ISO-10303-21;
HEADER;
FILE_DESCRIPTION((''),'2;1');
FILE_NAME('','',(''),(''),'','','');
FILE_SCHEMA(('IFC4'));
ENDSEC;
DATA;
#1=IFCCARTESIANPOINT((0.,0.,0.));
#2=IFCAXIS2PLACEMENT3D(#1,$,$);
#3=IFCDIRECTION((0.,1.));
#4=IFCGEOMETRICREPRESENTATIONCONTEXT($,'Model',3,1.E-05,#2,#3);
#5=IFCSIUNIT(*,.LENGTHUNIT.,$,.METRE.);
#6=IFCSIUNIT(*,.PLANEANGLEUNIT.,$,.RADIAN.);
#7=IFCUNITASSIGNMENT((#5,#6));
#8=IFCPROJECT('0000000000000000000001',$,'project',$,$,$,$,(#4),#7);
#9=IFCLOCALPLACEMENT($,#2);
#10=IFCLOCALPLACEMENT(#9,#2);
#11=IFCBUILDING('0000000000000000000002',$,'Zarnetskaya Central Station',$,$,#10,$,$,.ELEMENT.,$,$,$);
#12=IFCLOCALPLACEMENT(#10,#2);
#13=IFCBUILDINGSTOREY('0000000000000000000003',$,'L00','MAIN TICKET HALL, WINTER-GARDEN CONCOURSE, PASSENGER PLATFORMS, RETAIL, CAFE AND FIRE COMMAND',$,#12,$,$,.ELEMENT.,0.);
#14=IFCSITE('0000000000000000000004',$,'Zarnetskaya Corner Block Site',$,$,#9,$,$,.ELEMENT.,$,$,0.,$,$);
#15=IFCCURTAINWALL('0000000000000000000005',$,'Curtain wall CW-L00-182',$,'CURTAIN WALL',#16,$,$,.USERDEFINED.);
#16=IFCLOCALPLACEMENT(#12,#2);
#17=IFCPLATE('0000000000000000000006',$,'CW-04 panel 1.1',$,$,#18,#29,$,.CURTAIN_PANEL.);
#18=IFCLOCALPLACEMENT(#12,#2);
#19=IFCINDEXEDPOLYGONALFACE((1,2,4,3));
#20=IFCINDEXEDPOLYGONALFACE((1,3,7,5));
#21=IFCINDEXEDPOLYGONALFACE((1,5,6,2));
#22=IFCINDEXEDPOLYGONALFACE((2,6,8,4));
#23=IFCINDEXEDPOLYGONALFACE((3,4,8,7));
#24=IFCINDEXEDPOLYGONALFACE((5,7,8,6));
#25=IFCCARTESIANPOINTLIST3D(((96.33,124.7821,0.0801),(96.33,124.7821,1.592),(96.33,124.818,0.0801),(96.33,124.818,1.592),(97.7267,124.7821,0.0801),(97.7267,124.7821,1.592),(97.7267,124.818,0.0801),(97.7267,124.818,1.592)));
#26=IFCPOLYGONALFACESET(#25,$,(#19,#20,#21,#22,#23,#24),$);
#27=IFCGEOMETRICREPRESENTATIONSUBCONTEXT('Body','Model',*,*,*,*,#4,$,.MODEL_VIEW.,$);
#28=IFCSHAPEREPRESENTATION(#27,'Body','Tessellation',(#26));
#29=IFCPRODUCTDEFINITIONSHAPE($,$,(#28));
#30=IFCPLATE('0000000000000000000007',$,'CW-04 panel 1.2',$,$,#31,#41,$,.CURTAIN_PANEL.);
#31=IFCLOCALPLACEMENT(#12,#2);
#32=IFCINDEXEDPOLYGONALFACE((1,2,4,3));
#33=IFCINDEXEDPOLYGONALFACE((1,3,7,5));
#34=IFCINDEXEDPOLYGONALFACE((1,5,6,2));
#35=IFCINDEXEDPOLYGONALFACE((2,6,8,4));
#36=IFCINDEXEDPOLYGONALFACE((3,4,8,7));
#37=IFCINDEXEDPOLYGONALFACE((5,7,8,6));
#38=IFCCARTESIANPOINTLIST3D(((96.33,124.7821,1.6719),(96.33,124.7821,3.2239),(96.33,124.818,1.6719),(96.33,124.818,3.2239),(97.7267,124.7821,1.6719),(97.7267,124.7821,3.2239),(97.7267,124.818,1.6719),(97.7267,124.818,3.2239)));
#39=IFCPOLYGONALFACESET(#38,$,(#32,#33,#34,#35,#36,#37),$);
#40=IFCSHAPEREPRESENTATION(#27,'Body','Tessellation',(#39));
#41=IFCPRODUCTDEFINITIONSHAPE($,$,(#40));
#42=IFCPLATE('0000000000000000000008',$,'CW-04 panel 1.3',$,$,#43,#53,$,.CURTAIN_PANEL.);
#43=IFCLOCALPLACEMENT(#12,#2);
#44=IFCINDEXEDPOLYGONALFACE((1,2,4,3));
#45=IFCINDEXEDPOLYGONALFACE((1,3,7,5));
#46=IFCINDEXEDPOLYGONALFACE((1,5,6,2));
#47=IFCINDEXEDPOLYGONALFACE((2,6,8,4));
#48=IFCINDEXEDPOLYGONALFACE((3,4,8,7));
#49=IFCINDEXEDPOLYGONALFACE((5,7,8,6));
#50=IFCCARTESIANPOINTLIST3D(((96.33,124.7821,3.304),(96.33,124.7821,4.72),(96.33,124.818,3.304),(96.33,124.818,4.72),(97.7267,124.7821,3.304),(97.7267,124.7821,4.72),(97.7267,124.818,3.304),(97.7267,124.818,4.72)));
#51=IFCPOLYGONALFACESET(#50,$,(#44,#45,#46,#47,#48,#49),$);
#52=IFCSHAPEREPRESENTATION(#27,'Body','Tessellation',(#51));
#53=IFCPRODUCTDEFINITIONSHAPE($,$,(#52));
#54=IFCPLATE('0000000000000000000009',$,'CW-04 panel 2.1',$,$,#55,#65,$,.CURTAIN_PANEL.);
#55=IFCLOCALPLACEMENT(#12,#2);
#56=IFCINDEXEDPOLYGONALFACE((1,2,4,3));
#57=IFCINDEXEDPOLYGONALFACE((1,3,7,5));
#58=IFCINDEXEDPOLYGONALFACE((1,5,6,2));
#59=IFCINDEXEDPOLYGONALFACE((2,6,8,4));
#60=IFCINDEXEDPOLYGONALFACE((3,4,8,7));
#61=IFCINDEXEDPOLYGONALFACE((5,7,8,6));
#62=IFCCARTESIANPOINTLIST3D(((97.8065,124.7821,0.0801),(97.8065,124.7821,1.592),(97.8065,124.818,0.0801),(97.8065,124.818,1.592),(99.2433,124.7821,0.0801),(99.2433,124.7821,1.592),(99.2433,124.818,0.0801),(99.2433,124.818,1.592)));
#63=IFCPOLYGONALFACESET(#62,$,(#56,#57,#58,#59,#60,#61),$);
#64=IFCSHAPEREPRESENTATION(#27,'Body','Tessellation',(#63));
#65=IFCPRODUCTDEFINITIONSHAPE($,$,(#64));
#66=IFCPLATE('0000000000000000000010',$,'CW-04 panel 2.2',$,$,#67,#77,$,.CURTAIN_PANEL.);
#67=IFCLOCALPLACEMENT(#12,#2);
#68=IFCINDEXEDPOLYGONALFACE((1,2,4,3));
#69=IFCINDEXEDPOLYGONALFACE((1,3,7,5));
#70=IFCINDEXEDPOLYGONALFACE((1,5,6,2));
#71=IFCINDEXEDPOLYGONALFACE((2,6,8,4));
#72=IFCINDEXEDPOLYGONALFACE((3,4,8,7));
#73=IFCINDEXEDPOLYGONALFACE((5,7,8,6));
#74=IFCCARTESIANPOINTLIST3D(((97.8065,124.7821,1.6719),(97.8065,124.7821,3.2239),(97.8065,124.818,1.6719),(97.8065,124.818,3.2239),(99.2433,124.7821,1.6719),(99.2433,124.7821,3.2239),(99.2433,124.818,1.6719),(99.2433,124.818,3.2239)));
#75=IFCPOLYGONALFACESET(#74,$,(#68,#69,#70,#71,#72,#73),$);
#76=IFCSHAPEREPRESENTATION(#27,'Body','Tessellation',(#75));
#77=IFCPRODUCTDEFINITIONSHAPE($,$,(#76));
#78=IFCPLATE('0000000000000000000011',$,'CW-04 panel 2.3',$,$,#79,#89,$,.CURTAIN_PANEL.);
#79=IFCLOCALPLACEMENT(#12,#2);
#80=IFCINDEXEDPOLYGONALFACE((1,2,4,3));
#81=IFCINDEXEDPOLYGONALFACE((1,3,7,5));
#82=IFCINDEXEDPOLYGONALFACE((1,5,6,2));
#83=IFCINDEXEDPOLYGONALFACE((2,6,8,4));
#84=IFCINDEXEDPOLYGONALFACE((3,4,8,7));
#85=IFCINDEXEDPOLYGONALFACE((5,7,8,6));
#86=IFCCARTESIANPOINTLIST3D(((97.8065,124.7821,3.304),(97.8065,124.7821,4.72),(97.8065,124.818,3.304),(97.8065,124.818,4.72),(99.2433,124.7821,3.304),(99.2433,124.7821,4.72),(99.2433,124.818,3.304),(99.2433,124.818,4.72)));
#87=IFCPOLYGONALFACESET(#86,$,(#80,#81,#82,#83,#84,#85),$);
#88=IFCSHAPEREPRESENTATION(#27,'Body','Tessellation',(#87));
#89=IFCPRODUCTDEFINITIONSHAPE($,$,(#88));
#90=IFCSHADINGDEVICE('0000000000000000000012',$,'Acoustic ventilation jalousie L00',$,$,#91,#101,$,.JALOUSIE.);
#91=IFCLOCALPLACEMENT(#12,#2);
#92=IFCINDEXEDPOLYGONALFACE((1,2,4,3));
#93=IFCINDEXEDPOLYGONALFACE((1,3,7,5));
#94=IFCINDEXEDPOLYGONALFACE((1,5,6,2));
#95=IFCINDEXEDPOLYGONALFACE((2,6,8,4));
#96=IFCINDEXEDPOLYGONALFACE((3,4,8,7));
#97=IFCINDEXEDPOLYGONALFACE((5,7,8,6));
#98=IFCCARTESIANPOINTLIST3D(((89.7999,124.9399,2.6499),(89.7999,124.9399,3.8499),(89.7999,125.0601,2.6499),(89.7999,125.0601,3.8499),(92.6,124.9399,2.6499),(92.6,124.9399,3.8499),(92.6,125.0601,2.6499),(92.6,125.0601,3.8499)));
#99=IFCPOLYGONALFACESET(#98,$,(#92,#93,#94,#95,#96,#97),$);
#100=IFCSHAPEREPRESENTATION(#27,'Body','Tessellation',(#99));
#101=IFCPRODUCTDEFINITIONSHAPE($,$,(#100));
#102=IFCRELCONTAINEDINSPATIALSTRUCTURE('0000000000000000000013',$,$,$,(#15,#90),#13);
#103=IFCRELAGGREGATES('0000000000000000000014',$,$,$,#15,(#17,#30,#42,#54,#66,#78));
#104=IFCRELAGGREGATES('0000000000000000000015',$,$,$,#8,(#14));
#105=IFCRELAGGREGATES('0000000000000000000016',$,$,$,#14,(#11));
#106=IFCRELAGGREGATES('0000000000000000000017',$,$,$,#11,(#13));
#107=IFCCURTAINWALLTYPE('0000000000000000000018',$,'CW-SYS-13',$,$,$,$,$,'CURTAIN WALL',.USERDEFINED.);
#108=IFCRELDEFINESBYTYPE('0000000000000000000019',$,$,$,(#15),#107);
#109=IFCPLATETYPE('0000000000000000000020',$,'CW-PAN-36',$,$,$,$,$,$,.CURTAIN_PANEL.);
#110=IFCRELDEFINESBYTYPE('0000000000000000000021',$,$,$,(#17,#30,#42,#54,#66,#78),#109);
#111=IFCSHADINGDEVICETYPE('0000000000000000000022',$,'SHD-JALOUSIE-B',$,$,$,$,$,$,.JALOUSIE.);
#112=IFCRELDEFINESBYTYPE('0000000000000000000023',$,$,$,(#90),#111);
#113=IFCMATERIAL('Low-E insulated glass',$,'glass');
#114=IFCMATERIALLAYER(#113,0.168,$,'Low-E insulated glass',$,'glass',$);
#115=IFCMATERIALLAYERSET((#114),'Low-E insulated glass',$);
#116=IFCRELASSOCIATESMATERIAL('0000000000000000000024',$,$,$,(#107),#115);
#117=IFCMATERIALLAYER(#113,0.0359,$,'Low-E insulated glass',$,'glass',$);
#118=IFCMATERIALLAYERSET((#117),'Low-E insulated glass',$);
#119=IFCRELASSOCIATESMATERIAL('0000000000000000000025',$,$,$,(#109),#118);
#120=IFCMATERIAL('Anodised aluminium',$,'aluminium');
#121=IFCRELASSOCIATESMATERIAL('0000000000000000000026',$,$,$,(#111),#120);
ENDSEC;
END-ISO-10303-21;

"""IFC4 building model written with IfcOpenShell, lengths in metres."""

from ifc_helpers import new_model, si_unit, direction, frame, origin, origin_2d, place, context, subcontext, project, spatial, rectangle, extrude, material, layer, layer_set, type_object, element, aggregate, save


model = new_model("IFC4")

# Units and contexts
model_context = context("Model", 3, precision=1e-05, world=origin(), true_north=direction((0.0, 1.0)))
body_context = subcontext(model_context, "Body", "Model", "MODEL_VIEW")
ifc_project = project(units=[si_unit("LENGTHUNIT", "METRE"), si_unit("PLANEANGLEUNIT", "RADIAN")], contexts=[model_context])

# Site, building, storey
site_placement = place(None, origin())
site = spatial("IfcSite", under=ifc_project, at=site_placement, Name="Zarnetskaya Corner Block Site", CompositionType="ELEMENT", RefElevation=0.0)
building_placement = place(site_placement, origin())
building = spatial("IfcBuilding", under=site, at=building_placement, Name="Zarnetskaya Central Station", CompositionType="ELEMENT")
storey_placement = place(building_placement, origin())
storey = spatial("IfcBuildingStorey", under=building, at=storey_placement, Name="L00", Description="MAIN TICKET HALL, WINTER-GARDEN CONCOURSE, PASSENGER PLATFORMS, RETAIL, CAFE AND FIRE COMMAND", CompositionType="ELEMENT", Elevation=0.0)

# Curtain wall, plates
ifc_material_1 = material(Name="Low-E insulated glass", Category="glass")
ifc_layer_1 = layer(ifc_material_1, 0.168, Name="Low-E insulated glass", Category="glass")
ifc_layer_set_1 = layer_set([ifc_layer_1], Name="Low-E insulated glass")
curtain_wall_type = type_object("IfcCurtainWallType", Name="CW-SYS-13", ElementType="CURTAIN WALL", PredefinedType="USERDEFINED", material=ifc_layer_set_1)
curtain_wall_placement = place(storey_placement, origin())
curtain_wall = element("IfcCurtainWall", 1, at=curtain_wall_placement, inside=storey, type_object=curtain_wall_type, Name="Curtain wall CW-L00-182", ObjectType="CURTAIN WALL", PredefinedType="USERDEFINED")
ifc_material_2 = material(Name="Anodised aluminium", Category="aluminium")
ifc_layer_2 = layer(ifc_material_1, 0.0359, Name="Low-E insulated glass", Category="glass")
ifc_layer_set_2 = layer_set([ifc_layer_2], Name="Low-E insulated glass")
plate_type = type_object("IfcPlateType", Name="CW-PAN-36", PredefinedType="CURTAIN_PANEL", material=ifc_layer_set_2)
plate_1_placement = place(storey_placement, frame((97.0283, 124.8, 0.0801), z_axis=(0.0, 0.0, 1.0), x_axis=(1.0, 0.0, 0.0)))
plate_1 = element("IfcPlate", 2, at=plate_1_placement, type_object=plate_type, Name="CW-04 panel 1.1", PredefinedType="CURTAIN_PANEL", context=body_context, shape_type="SweptSolid", body=[
    extrude(rectangle(XDim=1.3967, YDim=0.0359, at=origin_2d()), origin(), (0.0, 0.0, 1.0), 1.512),
])
plate_2_placement = place(storey_placement, frame((97.0283, 124.8, 1.6719), z_axis=(0.0, 0.0, 1.0), x_axis=(1.0, 0.0, 0.0)))
plate_2 = element("IfcPlate", 3, at=plate_2_placement, type_object=plate_type, Name="CW-04 panel 1.2", PredefinedType="CURTAIN_PANEL", context=body_context, shape_type="SweptSolid", body=[
    extrude(rectangle(XDim=1.3967, YDim=0.0359, at=origin_2d()), origin(), (0.0, 0.0, 1.0), 1.552),
])
plate_3_placement = place(storey_placement, frame((97.0283, 124.8, 3.304), z_axis=(0.0, 0.0, 1.0), x_axis=(1.0, 0.0, 0.0)))
plate_3 = element("IfcPlate", 4, at=plate_3_placement, type_object=plate_type, Name="CW-04 panel 1.3", PredefinedType="CURTAIN_PANEL", context=body_context, shape_type="SweptSolid", body=[
    extrude(rectangle(XDim=1.3967, YDim=0.0359, at=origin_2d()), origin(), (0.0, 0.0, 1.0), 1.416),
])
plate_4_placement = place(storey_placement, frame((98.5249, 124.8, 0.0801), z_axis=(0.0, 0.0, 1.0), x_axis=(1.0, 0.0, 0.0)))
plate_4 = element("IfcPlate", 5, at=plate_4_placement, type_object=plate_type, Name="CW-04 panel 2.1", PredefinedType="CURTAIN_PANEL", context=body_context, shape_type="SweptSolid", body=[
    extrude(rectangle(XDim=1.4368, YDim=0.0359, at=origin_2d()), origin(), (0.0, 0.0, 1.0), 1.512),
])
plate_5_placement = place(storey_placement, frame((98.5249, 124.8, 1.6719), z_axis=(0.0, 0.0, 1.0), x_axis=(1.0, 0.0, 0.0)))
plate_5 = element("IfcPlate", 6, at=plate_5_placement, type_object=plate_type, Name="CW-04 panel 2.2", PredefinedType="CURTAIN_PANEL", context=body_context, shape_type="SweptSolid", body=[
    extrude(rectangle(XDim=1.4368, YDim=0.0359, at=origin_2d()), origin(), (0.0, 0.0, 1.0), 1.552),
])
plate_6_placement = place(storey_placement, frame((98.5249, 124.8, 3.304), z_axis=(0.0, 0.0, 1.0), x_axis=(1.0, 0.0, 0.0)))
plate_6 = element("IfcPlate", 7, at=plate_6_placement, type_object=plate_type, Name="CW-04 panel 2.3", PredefinedType="CURTAIN_PANEL", context=body_context, shape_type="SweptSolid", body=[
    extrude(rectangle(XDim=1.4368, YDim=0.0359, at=origin_2d()), origin(), (0.0, 0.0, 1.0), 1.416),
])
aggregate(curtain_wall, [plate_1, plate_2, plate_3, plate_4, plate_5, plate_6])

# Shading device
shading_device_type = type_object("IfcShadingDeviceType", Name="SHD-JALOUSIE-B", PredefinedType="JALOUSIE", material=ifc_material_2)
shading_device_placement = place(storey_placement, frame((91.2, 125.0, 2.6499), z_axis=(0.0, 0.0, 1.0), x_axis=(1.0, 0.0, 0.0)))
element("IfcShadingDevice", 8, at=shading_device_placement, inside=storey, type_object=shading_device_type, Name="Acoustic ventilation jalousie L00", PredefinedType="JALOUSIE", context=body_context, shape_type="SweptSolid", body=[
    extrude(rectangle(XDim=2.8, YDim=0.1201, at=origin_2d()), origin(), (0.0, 0.0, 1.0), 1.2),
])

save(model, "model.ifc")
